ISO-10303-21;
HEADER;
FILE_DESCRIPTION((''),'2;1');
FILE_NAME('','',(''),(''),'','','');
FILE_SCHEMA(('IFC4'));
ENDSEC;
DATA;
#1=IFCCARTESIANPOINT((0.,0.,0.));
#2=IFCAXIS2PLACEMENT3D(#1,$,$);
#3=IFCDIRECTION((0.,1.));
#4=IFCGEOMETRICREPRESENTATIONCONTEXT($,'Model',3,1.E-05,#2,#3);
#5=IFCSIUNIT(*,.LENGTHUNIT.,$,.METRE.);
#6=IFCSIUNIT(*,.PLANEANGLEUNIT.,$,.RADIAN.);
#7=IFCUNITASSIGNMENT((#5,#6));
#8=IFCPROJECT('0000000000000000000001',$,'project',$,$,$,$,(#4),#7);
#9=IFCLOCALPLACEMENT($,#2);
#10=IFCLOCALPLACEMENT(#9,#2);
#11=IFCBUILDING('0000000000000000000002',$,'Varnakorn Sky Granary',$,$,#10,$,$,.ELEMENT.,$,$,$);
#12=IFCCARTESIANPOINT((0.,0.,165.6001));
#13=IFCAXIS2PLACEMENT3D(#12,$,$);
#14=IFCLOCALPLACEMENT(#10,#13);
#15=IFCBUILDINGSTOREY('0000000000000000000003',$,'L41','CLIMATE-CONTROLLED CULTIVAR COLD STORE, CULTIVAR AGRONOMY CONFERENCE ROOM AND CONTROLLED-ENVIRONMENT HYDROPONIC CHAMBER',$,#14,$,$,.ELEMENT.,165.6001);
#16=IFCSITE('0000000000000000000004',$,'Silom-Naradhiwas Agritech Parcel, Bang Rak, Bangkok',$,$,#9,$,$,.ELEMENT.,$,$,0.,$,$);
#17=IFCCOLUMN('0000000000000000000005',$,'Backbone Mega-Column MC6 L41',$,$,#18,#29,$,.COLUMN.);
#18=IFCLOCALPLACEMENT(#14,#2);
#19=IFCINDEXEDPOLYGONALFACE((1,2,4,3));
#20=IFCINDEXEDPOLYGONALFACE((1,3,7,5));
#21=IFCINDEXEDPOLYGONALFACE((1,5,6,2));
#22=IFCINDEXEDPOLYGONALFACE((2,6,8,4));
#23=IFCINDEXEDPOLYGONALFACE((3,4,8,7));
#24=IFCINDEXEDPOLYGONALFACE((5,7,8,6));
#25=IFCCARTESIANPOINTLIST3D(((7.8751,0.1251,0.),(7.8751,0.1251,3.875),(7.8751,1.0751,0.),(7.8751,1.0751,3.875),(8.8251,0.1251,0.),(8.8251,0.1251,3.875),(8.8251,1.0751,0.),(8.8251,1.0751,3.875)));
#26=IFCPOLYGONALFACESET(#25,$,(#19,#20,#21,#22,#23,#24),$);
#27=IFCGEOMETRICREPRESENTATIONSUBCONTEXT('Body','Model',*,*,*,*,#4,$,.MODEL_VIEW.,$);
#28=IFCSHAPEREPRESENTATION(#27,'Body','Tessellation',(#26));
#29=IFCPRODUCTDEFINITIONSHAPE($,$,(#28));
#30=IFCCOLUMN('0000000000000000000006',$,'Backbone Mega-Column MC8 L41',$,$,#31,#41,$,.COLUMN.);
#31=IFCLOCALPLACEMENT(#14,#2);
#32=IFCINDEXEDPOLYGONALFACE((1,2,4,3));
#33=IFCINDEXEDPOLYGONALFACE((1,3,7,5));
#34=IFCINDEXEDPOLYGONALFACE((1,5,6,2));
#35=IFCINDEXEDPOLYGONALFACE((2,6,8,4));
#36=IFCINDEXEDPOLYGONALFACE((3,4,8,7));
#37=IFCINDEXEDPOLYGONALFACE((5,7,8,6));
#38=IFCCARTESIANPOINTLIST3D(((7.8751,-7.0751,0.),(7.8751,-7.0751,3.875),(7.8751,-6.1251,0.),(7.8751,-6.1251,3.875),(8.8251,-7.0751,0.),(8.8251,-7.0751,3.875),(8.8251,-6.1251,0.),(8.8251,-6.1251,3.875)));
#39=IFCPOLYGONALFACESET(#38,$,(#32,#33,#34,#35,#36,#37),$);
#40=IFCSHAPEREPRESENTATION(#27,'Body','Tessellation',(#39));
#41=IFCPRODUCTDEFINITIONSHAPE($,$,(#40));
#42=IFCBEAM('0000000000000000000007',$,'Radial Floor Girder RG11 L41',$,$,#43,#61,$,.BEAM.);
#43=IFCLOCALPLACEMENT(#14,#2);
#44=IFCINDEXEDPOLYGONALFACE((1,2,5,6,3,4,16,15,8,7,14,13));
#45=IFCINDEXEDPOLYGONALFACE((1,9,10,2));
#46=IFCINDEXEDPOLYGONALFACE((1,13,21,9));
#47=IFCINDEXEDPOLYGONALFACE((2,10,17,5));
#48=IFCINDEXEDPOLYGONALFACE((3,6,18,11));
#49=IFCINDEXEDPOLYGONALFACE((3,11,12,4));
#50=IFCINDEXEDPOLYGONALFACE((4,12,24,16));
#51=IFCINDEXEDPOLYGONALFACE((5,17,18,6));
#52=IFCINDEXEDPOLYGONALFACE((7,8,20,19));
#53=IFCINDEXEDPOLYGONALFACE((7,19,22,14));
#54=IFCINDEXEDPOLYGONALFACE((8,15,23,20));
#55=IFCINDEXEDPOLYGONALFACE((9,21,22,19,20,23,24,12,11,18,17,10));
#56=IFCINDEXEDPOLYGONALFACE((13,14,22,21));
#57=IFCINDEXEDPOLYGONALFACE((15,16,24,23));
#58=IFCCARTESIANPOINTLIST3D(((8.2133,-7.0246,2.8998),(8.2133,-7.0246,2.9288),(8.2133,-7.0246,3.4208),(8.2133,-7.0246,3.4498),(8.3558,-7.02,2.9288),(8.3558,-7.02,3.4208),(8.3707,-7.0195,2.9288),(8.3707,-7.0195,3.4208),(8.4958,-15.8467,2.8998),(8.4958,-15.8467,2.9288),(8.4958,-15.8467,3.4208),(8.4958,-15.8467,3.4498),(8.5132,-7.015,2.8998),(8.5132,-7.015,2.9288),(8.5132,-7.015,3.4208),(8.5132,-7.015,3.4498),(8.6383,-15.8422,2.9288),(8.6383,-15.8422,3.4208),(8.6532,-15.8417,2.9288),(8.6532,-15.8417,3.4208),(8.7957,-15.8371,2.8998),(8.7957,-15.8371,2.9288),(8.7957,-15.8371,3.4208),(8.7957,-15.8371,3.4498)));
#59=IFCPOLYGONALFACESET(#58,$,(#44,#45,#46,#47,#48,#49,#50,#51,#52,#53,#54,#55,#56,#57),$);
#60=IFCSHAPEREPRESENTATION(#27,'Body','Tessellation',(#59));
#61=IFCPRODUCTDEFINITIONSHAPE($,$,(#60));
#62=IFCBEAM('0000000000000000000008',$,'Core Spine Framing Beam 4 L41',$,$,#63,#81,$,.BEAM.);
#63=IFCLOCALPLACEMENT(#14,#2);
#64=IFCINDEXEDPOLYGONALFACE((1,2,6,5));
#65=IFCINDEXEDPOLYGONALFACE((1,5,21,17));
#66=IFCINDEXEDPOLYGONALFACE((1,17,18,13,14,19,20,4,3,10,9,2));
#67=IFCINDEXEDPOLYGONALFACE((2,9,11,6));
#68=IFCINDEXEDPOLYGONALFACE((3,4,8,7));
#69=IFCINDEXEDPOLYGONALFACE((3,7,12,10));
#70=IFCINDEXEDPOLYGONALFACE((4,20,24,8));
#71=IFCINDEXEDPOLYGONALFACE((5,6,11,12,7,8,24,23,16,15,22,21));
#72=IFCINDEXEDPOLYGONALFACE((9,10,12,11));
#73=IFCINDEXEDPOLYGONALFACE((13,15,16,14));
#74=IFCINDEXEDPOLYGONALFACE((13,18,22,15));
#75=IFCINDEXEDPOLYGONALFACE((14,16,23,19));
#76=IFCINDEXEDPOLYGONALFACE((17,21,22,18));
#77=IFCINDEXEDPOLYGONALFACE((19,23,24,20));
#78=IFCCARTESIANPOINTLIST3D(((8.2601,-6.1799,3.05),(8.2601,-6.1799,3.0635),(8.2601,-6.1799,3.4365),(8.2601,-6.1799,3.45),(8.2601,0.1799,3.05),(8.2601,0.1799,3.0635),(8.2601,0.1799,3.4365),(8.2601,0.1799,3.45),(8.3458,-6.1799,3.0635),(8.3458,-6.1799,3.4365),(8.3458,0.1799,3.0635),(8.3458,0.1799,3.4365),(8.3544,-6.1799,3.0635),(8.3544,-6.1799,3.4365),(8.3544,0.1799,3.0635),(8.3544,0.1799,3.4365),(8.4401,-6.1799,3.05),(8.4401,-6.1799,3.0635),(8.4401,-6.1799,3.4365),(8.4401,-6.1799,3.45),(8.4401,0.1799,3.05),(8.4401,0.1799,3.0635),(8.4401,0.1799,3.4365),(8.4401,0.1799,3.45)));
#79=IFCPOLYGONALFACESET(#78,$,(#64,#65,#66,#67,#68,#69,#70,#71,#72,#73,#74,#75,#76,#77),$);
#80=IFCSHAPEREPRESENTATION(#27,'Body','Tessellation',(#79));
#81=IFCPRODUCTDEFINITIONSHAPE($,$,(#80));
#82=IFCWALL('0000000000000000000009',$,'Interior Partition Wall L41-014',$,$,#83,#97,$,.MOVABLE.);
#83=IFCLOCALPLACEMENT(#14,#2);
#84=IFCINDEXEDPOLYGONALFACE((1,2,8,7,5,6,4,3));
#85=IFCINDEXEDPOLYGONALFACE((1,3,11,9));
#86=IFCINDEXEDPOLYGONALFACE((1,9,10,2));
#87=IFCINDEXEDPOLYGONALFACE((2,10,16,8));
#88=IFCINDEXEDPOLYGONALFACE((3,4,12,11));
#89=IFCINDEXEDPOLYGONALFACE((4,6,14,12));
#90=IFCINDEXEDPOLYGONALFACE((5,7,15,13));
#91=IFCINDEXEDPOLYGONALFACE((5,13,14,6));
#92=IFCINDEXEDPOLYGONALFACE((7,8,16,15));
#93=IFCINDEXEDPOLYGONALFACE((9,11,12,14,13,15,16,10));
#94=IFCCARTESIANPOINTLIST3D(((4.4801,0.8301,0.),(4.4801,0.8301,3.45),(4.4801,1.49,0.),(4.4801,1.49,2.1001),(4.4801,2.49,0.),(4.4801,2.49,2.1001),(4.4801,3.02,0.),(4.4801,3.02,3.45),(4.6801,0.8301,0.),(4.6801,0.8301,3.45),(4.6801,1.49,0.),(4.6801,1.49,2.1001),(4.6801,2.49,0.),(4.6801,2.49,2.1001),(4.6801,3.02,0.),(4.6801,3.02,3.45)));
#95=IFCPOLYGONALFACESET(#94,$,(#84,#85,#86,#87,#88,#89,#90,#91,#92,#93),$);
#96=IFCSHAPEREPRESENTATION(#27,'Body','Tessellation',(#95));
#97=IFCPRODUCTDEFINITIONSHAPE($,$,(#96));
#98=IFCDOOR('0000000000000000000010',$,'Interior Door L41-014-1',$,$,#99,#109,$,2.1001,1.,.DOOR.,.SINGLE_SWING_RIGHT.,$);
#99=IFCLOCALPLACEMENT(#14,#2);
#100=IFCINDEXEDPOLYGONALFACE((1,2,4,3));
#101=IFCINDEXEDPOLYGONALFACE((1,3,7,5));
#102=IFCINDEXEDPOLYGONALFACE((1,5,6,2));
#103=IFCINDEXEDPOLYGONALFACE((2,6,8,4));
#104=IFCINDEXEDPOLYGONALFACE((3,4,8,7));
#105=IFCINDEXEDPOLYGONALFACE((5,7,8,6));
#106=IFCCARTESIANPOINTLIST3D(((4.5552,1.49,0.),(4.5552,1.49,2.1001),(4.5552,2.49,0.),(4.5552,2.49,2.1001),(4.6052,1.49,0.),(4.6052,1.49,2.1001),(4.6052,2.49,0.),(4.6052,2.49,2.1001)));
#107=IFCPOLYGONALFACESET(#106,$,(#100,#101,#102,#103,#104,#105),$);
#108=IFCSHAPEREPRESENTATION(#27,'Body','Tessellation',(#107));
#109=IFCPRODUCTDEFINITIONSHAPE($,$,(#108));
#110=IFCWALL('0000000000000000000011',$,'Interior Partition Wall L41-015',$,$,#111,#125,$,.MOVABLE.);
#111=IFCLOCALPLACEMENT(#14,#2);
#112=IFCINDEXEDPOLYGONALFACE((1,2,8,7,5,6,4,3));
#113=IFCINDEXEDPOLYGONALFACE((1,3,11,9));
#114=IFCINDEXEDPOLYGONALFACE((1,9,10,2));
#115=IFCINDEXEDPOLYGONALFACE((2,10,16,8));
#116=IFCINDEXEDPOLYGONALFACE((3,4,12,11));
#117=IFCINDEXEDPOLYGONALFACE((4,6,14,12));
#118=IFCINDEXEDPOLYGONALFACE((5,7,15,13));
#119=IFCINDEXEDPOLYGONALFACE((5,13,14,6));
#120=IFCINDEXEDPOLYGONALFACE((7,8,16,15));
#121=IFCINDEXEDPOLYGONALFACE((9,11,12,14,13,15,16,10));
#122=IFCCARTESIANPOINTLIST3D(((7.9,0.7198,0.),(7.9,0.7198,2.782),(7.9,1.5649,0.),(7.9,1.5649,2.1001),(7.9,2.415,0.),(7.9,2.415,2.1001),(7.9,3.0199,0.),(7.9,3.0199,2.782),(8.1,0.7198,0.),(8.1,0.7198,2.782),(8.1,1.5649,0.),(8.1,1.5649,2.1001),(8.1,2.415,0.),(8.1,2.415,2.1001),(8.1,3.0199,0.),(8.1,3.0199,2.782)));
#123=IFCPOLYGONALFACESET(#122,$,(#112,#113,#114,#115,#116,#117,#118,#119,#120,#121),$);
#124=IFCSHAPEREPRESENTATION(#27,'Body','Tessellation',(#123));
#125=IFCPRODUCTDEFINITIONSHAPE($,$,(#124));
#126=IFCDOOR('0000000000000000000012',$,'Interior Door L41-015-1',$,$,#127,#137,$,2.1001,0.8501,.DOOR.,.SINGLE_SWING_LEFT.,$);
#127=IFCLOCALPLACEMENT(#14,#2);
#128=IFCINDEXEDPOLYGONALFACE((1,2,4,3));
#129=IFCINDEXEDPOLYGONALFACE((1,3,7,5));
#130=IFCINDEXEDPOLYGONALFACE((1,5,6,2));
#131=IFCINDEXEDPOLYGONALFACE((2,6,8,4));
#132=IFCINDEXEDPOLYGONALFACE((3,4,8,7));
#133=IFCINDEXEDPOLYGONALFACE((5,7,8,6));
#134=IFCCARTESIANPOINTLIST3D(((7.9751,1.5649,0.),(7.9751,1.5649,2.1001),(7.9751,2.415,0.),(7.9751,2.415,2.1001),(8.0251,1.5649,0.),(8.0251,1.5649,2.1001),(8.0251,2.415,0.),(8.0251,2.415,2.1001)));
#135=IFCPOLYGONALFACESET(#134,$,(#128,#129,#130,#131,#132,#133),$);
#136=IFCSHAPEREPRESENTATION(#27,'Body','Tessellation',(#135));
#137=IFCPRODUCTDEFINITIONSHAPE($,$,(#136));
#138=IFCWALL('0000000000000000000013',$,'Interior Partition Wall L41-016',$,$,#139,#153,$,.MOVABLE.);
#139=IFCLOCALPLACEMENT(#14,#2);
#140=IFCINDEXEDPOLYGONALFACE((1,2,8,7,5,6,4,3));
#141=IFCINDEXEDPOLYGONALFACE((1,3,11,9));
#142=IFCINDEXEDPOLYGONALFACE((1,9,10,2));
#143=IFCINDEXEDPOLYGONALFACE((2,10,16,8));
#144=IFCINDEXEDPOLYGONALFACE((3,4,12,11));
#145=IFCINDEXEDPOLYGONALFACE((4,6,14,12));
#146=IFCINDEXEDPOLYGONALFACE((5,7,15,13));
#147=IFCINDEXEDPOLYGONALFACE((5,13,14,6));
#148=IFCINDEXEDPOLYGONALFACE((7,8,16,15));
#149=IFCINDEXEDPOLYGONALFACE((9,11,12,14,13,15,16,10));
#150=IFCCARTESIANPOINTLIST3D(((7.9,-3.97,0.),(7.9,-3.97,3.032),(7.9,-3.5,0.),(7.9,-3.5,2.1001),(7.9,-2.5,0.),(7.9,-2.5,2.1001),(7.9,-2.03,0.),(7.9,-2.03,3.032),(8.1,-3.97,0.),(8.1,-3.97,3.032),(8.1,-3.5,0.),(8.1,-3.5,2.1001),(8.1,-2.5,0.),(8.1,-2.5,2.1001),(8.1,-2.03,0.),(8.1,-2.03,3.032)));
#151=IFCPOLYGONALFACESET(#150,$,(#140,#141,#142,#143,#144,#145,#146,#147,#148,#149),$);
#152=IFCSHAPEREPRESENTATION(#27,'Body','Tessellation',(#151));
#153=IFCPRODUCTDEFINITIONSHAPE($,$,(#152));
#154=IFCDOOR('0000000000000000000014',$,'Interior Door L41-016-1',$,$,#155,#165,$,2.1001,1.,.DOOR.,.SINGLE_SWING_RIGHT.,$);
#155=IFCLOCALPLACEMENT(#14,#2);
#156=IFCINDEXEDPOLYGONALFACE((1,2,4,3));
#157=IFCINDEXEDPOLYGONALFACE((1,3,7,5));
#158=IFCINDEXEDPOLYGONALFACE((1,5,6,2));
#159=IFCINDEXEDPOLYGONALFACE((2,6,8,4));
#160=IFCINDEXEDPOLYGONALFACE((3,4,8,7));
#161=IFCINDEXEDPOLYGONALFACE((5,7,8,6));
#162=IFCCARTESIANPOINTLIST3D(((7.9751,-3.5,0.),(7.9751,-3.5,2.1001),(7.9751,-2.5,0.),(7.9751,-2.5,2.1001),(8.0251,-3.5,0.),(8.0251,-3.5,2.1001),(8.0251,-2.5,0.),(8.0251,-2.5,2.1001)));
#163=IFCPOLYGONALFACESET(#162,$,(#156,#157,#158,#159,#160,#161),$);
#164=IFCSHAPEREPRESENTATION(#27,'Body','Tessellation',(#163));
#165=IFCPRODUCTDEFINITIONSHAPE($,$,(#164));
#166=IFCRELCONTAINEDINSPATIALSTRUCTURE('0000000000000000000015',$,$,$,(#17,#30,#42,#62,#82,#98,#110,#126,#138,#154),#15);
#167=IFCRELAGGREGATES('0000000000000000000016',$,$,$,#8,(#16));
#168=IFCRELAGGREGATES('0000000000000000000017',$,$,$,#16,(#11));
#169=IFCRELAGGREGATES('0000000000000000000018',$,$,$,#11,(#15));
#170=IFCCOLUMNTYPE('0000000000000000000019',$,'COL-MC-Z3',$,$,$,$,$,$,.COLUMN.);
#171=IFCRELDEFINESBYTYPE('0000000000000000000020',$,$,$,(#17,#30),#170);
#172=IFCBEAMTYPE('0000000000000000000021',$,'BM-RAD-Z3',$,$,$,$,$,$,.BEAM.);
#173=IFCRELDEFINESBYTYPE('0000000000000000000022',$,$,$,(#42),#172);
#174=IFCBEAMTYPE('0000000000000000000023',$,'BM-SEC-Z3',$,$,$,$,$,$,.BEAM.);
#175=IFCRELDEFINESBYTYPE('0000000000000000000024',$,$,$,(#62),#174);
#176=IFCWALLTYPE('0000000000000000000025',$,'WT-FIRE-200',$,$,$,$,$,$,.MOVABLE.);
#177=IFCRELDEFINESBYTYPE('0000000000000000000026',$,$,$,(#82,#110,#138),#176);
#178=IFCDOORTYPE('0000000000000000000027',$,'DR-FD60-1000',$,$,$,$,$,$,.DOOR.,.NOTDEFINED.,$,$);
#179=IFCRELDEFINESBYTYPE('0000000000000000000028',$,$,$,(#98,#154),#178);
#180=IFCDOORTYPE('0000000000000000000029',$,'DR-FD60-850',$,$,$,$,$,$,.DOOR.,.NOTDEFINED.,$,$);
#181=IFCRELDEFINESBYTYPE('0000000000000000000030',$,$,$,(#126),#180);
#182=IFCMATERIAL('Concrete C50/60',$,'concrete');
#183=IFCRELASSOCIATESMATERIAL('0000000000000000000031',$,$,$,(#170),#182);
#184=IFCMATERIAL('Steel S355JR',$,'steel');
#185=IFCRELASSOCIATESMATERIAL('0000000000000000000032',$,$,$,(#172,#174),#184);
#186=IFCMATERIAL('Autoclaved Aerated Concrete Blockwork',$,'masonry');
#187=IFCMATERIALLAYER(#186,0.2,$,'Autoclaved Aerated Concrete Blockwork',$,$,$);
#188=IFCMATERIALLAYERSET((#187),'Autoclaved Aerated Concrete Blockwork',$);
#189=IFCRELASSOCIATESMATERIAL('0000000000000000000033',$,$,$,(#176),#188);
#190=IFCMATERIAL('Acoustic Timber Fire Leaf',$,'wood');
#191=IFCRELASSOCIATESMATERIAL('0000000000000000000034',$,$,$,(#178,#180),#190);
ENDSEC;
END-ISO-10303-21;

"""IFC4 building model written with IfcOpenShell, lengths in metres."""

from ifc_helpers import new_model, si_unit, direction, frame, frame_2d, origin, origin_2d, place, context, subcontext, project, spatial, rectangle, i_section, extrude, material, layer, layer_set, material_profile, profile_set, type_object, element, fill, save


model = new_model("IFC4")

# Units and contexts
model_context = context("Model", 3, precision=1e-05, world=origin(), true_north=direction((0.0, 1.0)))
body_context = subcontext(model_context, "Body", "Model", "MODEL_VIEW")
ifc_project = project(units=[si_unit("LENGTHUNIT", "METRE"), si_unit("PLANEANGLEUNIT", "RADIAN")], contexts=[model_context])

# Site, building, storey
site_placement = place(None, origin())
site = spatial("IfcSite", under=ifc_project, at=site_placement, Name="Silom-Naradhiwas Agritech Parcel, Bang Rak, Bangkok", CompositionType="ELEMENT", RefElevation=0.0)
building_placement = place(site_placement, origin())
building = spatial("IfcBuilding", under=site, at=building_placement, Name="Varnakorn Sky Granary", CompositionType="ELEMENT")
storey_placement = place(building_placement, frame((0.0, 0.0, 165.6001)))
storey = spatial("IfcBuildingStorey", under=building, at=storey_placement, Name="L41", Description="CLIMATE-CONTROLLED CULTIVAR COLD STORE, CULTIVAR AGRONOMY CONFERENCE ROOM AND CONTROLLED-ENVIRONMENT HYDROPONIC CHAMBER", CompositionType="ELEMENT", Elevation=165.6001)

# Columns
ifc_material_1 = material(Name="Concrete C50/60", Category="concrete")
ifc_material_profile_1 = material_profile(ifc_material_1, rectangle(XDim=0.95, YDim=0.95, at=origin_2d()), Name="RC 950x950")
ifc_profile_set_1 = profile_set([ifc_material_profile_1], Name="Concrete C50/60")
column_type = type_object("IfcColumnType", Name="COL-MC-Z3", PredefinedType="COLUMN", material=ifc_profile_set_1)
for number, where, z_axis, x_axis, name in (
    (1, (8.3501, 0.6001, 0.0), (0.0, 0.0, 1.0), (1.0, 0.0, 0.0), "Backbone Mega-Column MC6 L41"),
    (2, (8.3501, -6.6001, 0.0), (0.0, 0.0, 1.0), (1.0, 0.0, 0.0), "Backbone Mega-Column MC8 L41"),
):
    element("IfcColumn", number, at=place(storey_placement, frame(where, z_axis=z_axis, x_axis=x_axis)), inside=storey, type_object=column_type, Name=name, PredefinedType="COLUMN", context=body_context, shape_type="SweptSolid", body=[
        extrude(rectangle(XDim=0.95, YDim=0.95, at=origin_2d()), origin(), (0.0, 0.0, 1.0), 3.875),
    ])

# Beams
ifc_material_2 = material(Name="Steel S355JR", Category="steel")
ifc_material_profile_2 = material_profile(ifc_material_2, i_section(OverallWidth=0.3, OverallDepth=0.55, WebThickness=0.0149, FlangeThickness=0.0291, at=origin_2d()), Name="HE 550 B")
ifc_profile_set_2 = profile_set([ifc_material_profile_2], Name="Steel S355JR")
beam_type_1 = type_object("IfcBeamType", Name="BM-RAD-Z3", PredefinedType="BEAM", material=ifc_profile_set_2)
beam_1_placement = place(storey_placement, frame((8.3633, -7.0198, 3.1748), z_axis=(0.032002, -0.999488, 0.0), x_axis=(0.999488, 0.032002, 0.0)))
element("IfcBeam", 3, at=beam_1_placement, inside=storey, type_object=beam_type_1, Name="Radial Floor Girder RG11 L41", PredefinedType="BEAM", context=body_context, shape_type="SweptSolid", body=[
    extrude(i_section(OverallWidth=0.3, OverallDepth=0.55, WebThickness=0.0149, FlangeThickness=0.0291, at=origin_2d()), origin(), (0.0, 0.0, 1.0), 8.8267),
])
ifc_material_profile_3 = material_profile(ifc_material_2, i_section(OverallWidth=0.1799, OverallDepth=0.3999, WebThickness=0.0085, FlangeThickness=0.0134, at=origin_2d()), Name="IPE 400")
ifc_profile_set_3 = profile_set([ifc_material_profile_3], Name="Steel S355JR")
beam_type_2 = type_object("IfcBeamType", Name="BM-SEC-Z3", PredefinedType="BEAM", material=ifc_profile_set_3)
beam_2_placement = place(storey_placement, frame((8.3501, 0.1799, 3.25), z_axis=(0.0, -1.0, 0.0), x_axis=(1.0, 0.0, 0.0)))
element("IfcBeam", 4, at=beam_2_placement, inside=storey, type_object=beam_type_2, Name="Core Spine Framing Beam 4 L41", PredefinedType="BEAM", context=body_context, shape_type="SweptSolid", body=[
    extrude(i_section(OverallWidth=0.1799, OverallDepth=0.3999, WebThickness=0.0085, FlangeThickness=0.0134, at=origin_2d()), origin(), (0.0, 0.0, 1.0), 6.3599),
])

# Walls, openings, doors
ifc_material_3 = material(Name="Autoclaved Aerated Concrete Blockwork", Category="masonry")
ifc_layer_1 = layer(ifc_material_3, 0.2, Name="Autoclaved Aerated Concrete Blockwork")
ifc_layer_set_1 = layer_set([ifc_layer_1], Name="Autoclaved Aerated Concrete Blockwork")
wall_type_1 = type_object("IfcWallType", Name="WT-FIRE-200", PredefinedType="MOVABLE", material=ifc_layer_set_1)
wall_1_placement = place(storey_placement, frame((4.5801, 0.8301, 0.0), z_axis=(0.0, 0.0, 1.0), x_axis=(0.0, 1.0, 0.0)))
wall_1 = element("IfcWall", 5, at=wall_1_placement, inside=storey, type_object=wall_type_1, Name="Interior Partition Wall L41-014", PredefinedType="MOVABLE", context=body_context, shape_type="SweptSolid", body=[
    extrude(rectangle(XDim=2.1899, YDim=0.2, at=frame_2d((1.095, 0.0))), origin(), (0.0, 0.0, 1.0), 3.45),
])
opening_1_placement = place(wall_1_placement, frame((0.6599, 0.0, 0.0)))
opening_1 = element("IfcOpeningElement", 6, at=opening_1_placement, cuts=wall_1, PredefinedType="OPENING", context=body_context, shape_type="SweptSolid", body=[
    extrude(rectangle(XDim=1.0, YDim=2.1001, at=frame_2d((0.5, 1.05))), frame((0.0, 0.1099, 0.0), z_axis=(0.0, -1.0, 0.0), x_axis=(1.0, 0.0, 0.0)), (0.0, 0.0, 1.0), 0.22),
])
ifc_material_4 = material(Name="Acoustic Timber Fire Leaf", Category="wood")
door_type_1 = type_object("IfcDoorType", Name="DR-FD60-1000", OperationType="NOTDEFINED", PredefinedType="DOOR", material=ifc_material_4)
door_1_placement = place(opening_1_placement, origin())
door_1 = element("IfcDoor", 7, at=door_1_placement, inside=storey, type_object=door_type_1, Name="Interior Door L41-014-1", OperationType="SINGLE_SWING_RIGHT", OverallHeight=2.1001, OverallWidth=1.0, PredefinedType="DOOR", context=body_context, shape_type="SweptSolid", body=[
    extrude(rectangle(XDim=1.0, YDim=2.1001, at=frame_2d((0.5, 1.05))), frame((0.0, 0.0249, 0.0), z_axis=(0.0, -1.0, 0.0), x_axis=(1.0, 0.0, 0.0)), (0.0, 0.0, 1.0), 0.05),
])
fill(opening_1, door_1)
wall_2_placement = place(storey_placement, frame((8.0, 0.72, 0.0), z_axis=(0.0, 0.0, 1.0), x_axis=(0.0, 1.0, 0.0)))
wall_2 = element("IfcWall", 8, at=wall_2_placement, inside=storey, type_object=wall_type_1, Name="Interior Partition Wall L41-015", PredefinedType="MOVABLE", context=body_context, shape_type="SweptSolid", body=[
    extrude(rectangle(XDim=2.3, YDim=0.2, at=frame_2d((1.1499, 0.0))), origin(), (0.0, 0.0, 1.0), 2.782),
])
opening_2_placement = place(wall_2_placement, frame((0.845, 0.0, 0.0)))
opening_2 = element("IfcOpeningElement", 9, at=opening_2_placement, cuts=wall_2, PredefinedType="OPENING", context=body_context, shape_type="SweptSolid", body=[
    extrude(rectangle(XDim=0.8501, YDim=2.1001, at=frame_2d((0.425, 1.05))), frame((0.0, 0.1099, 0.0), z_axis=(0.0, -1.0, 0.0), x_axis=(1.0, 0.0, 0.0)), (0.0, 0.0, 1.0), 0.22),
])
door_type_2 = type_object("IfcDoorType", Name="DR-FD60-850", OperationType="NOTDEFINED", PredefinedType="DOOR", material=ifc_material_4)
door_2_placement = place(opening_2_placement, origin())
door_2 = element("IfcDoor", 10, at=door_2_placement, inside=storey, type_object=door_type_2, Name="Interior Door L41-015-1", OperationType="SINGLE_SWING_LEFT", OverallHeight=2.1001, OverallWidth=0.8501, PredefinedType="DOOR", context=body_context, shape_type="SweptSolid", body=[
    extrude(rectangle(XDim=0.8501, YDim=2.1001, at=frame_2d((0.425, 1.05))), frame((0.0, 0.0249, 0.0), z_axis=(0.0, -1.0, 0.0), x_axis=(1.0, 0.0, 0.0)), (0.0, 0.0, 1.0), 0.05),
])
fill(opening_2, door_2)
wall_3_placement = place(storey_placement, frame((8.0, -3.97, 0.0), z_axis=(0.0, 0.0, 1.0), x_axis=(0.0, 1.0, 0.0)))
wall_3 = element("IfcWall", 11, at=wall_3_placement, inside=storey, type_object=wall_type_1, Name="Interior Partition Wall L41-016", PredefinedType="MOVABLE", context=body_context, shape_type="SweptSolid", body=[
    extrude(rectangle(XDim=1.9399, YDim=0.2, at=frame_2d((0.97, 0.0))), origin(), (0.0, 0.0, 1.0), 3.032),
])
opening_3_placement = place(wall_3_placement, frame((0.47, 0.0, 0.0)))
opening_3 = element("IfcOpeningElement", 12, at=opening_3_placement, cuts=wall_3, PredefinedType="OPENING", context=body_context, shape_type="SweptSolid", body=[
    extrude(rectangle(XDim=1.0, YDim=2.1001, at=frame_2d((0.5, 1.05))), frame((0.0, 0.1099, 0.0), z_axis=(0.0, -1.0, 0.0), x_axis=(1.0, 0.0, 0.0)), (0.0, 0.0, 1.0), 0.22),
])
door_3_placement = place(opening_3_placement, origin())
door_3 = element("IfcDoor", 13, at=door_3_placement, inside=storey, type_object=door_type_1, Name="Interior Door L41-016-1", OperationType="SINGLE_SWING_RIGHT", OverallHeight=2.1001, OverallWidth=1.0, PredefinedType="DOOR", context=body_context, shape_type="SweptSolid", body=[
    extrude(rectangle(XDim=1.0, YDim=2.1001, at=frame_2d((0.5, 1.05))), frame((0.0, 0.0249, 0.0), z_axis=(0.0, -1.0, 0.0), x_axis=(1.0, 0.0, 0.0)), (0.0, 0.0, 1.0), 0.05),
])
fill(opening_3, door_3)

save(model, "model.ifc")
